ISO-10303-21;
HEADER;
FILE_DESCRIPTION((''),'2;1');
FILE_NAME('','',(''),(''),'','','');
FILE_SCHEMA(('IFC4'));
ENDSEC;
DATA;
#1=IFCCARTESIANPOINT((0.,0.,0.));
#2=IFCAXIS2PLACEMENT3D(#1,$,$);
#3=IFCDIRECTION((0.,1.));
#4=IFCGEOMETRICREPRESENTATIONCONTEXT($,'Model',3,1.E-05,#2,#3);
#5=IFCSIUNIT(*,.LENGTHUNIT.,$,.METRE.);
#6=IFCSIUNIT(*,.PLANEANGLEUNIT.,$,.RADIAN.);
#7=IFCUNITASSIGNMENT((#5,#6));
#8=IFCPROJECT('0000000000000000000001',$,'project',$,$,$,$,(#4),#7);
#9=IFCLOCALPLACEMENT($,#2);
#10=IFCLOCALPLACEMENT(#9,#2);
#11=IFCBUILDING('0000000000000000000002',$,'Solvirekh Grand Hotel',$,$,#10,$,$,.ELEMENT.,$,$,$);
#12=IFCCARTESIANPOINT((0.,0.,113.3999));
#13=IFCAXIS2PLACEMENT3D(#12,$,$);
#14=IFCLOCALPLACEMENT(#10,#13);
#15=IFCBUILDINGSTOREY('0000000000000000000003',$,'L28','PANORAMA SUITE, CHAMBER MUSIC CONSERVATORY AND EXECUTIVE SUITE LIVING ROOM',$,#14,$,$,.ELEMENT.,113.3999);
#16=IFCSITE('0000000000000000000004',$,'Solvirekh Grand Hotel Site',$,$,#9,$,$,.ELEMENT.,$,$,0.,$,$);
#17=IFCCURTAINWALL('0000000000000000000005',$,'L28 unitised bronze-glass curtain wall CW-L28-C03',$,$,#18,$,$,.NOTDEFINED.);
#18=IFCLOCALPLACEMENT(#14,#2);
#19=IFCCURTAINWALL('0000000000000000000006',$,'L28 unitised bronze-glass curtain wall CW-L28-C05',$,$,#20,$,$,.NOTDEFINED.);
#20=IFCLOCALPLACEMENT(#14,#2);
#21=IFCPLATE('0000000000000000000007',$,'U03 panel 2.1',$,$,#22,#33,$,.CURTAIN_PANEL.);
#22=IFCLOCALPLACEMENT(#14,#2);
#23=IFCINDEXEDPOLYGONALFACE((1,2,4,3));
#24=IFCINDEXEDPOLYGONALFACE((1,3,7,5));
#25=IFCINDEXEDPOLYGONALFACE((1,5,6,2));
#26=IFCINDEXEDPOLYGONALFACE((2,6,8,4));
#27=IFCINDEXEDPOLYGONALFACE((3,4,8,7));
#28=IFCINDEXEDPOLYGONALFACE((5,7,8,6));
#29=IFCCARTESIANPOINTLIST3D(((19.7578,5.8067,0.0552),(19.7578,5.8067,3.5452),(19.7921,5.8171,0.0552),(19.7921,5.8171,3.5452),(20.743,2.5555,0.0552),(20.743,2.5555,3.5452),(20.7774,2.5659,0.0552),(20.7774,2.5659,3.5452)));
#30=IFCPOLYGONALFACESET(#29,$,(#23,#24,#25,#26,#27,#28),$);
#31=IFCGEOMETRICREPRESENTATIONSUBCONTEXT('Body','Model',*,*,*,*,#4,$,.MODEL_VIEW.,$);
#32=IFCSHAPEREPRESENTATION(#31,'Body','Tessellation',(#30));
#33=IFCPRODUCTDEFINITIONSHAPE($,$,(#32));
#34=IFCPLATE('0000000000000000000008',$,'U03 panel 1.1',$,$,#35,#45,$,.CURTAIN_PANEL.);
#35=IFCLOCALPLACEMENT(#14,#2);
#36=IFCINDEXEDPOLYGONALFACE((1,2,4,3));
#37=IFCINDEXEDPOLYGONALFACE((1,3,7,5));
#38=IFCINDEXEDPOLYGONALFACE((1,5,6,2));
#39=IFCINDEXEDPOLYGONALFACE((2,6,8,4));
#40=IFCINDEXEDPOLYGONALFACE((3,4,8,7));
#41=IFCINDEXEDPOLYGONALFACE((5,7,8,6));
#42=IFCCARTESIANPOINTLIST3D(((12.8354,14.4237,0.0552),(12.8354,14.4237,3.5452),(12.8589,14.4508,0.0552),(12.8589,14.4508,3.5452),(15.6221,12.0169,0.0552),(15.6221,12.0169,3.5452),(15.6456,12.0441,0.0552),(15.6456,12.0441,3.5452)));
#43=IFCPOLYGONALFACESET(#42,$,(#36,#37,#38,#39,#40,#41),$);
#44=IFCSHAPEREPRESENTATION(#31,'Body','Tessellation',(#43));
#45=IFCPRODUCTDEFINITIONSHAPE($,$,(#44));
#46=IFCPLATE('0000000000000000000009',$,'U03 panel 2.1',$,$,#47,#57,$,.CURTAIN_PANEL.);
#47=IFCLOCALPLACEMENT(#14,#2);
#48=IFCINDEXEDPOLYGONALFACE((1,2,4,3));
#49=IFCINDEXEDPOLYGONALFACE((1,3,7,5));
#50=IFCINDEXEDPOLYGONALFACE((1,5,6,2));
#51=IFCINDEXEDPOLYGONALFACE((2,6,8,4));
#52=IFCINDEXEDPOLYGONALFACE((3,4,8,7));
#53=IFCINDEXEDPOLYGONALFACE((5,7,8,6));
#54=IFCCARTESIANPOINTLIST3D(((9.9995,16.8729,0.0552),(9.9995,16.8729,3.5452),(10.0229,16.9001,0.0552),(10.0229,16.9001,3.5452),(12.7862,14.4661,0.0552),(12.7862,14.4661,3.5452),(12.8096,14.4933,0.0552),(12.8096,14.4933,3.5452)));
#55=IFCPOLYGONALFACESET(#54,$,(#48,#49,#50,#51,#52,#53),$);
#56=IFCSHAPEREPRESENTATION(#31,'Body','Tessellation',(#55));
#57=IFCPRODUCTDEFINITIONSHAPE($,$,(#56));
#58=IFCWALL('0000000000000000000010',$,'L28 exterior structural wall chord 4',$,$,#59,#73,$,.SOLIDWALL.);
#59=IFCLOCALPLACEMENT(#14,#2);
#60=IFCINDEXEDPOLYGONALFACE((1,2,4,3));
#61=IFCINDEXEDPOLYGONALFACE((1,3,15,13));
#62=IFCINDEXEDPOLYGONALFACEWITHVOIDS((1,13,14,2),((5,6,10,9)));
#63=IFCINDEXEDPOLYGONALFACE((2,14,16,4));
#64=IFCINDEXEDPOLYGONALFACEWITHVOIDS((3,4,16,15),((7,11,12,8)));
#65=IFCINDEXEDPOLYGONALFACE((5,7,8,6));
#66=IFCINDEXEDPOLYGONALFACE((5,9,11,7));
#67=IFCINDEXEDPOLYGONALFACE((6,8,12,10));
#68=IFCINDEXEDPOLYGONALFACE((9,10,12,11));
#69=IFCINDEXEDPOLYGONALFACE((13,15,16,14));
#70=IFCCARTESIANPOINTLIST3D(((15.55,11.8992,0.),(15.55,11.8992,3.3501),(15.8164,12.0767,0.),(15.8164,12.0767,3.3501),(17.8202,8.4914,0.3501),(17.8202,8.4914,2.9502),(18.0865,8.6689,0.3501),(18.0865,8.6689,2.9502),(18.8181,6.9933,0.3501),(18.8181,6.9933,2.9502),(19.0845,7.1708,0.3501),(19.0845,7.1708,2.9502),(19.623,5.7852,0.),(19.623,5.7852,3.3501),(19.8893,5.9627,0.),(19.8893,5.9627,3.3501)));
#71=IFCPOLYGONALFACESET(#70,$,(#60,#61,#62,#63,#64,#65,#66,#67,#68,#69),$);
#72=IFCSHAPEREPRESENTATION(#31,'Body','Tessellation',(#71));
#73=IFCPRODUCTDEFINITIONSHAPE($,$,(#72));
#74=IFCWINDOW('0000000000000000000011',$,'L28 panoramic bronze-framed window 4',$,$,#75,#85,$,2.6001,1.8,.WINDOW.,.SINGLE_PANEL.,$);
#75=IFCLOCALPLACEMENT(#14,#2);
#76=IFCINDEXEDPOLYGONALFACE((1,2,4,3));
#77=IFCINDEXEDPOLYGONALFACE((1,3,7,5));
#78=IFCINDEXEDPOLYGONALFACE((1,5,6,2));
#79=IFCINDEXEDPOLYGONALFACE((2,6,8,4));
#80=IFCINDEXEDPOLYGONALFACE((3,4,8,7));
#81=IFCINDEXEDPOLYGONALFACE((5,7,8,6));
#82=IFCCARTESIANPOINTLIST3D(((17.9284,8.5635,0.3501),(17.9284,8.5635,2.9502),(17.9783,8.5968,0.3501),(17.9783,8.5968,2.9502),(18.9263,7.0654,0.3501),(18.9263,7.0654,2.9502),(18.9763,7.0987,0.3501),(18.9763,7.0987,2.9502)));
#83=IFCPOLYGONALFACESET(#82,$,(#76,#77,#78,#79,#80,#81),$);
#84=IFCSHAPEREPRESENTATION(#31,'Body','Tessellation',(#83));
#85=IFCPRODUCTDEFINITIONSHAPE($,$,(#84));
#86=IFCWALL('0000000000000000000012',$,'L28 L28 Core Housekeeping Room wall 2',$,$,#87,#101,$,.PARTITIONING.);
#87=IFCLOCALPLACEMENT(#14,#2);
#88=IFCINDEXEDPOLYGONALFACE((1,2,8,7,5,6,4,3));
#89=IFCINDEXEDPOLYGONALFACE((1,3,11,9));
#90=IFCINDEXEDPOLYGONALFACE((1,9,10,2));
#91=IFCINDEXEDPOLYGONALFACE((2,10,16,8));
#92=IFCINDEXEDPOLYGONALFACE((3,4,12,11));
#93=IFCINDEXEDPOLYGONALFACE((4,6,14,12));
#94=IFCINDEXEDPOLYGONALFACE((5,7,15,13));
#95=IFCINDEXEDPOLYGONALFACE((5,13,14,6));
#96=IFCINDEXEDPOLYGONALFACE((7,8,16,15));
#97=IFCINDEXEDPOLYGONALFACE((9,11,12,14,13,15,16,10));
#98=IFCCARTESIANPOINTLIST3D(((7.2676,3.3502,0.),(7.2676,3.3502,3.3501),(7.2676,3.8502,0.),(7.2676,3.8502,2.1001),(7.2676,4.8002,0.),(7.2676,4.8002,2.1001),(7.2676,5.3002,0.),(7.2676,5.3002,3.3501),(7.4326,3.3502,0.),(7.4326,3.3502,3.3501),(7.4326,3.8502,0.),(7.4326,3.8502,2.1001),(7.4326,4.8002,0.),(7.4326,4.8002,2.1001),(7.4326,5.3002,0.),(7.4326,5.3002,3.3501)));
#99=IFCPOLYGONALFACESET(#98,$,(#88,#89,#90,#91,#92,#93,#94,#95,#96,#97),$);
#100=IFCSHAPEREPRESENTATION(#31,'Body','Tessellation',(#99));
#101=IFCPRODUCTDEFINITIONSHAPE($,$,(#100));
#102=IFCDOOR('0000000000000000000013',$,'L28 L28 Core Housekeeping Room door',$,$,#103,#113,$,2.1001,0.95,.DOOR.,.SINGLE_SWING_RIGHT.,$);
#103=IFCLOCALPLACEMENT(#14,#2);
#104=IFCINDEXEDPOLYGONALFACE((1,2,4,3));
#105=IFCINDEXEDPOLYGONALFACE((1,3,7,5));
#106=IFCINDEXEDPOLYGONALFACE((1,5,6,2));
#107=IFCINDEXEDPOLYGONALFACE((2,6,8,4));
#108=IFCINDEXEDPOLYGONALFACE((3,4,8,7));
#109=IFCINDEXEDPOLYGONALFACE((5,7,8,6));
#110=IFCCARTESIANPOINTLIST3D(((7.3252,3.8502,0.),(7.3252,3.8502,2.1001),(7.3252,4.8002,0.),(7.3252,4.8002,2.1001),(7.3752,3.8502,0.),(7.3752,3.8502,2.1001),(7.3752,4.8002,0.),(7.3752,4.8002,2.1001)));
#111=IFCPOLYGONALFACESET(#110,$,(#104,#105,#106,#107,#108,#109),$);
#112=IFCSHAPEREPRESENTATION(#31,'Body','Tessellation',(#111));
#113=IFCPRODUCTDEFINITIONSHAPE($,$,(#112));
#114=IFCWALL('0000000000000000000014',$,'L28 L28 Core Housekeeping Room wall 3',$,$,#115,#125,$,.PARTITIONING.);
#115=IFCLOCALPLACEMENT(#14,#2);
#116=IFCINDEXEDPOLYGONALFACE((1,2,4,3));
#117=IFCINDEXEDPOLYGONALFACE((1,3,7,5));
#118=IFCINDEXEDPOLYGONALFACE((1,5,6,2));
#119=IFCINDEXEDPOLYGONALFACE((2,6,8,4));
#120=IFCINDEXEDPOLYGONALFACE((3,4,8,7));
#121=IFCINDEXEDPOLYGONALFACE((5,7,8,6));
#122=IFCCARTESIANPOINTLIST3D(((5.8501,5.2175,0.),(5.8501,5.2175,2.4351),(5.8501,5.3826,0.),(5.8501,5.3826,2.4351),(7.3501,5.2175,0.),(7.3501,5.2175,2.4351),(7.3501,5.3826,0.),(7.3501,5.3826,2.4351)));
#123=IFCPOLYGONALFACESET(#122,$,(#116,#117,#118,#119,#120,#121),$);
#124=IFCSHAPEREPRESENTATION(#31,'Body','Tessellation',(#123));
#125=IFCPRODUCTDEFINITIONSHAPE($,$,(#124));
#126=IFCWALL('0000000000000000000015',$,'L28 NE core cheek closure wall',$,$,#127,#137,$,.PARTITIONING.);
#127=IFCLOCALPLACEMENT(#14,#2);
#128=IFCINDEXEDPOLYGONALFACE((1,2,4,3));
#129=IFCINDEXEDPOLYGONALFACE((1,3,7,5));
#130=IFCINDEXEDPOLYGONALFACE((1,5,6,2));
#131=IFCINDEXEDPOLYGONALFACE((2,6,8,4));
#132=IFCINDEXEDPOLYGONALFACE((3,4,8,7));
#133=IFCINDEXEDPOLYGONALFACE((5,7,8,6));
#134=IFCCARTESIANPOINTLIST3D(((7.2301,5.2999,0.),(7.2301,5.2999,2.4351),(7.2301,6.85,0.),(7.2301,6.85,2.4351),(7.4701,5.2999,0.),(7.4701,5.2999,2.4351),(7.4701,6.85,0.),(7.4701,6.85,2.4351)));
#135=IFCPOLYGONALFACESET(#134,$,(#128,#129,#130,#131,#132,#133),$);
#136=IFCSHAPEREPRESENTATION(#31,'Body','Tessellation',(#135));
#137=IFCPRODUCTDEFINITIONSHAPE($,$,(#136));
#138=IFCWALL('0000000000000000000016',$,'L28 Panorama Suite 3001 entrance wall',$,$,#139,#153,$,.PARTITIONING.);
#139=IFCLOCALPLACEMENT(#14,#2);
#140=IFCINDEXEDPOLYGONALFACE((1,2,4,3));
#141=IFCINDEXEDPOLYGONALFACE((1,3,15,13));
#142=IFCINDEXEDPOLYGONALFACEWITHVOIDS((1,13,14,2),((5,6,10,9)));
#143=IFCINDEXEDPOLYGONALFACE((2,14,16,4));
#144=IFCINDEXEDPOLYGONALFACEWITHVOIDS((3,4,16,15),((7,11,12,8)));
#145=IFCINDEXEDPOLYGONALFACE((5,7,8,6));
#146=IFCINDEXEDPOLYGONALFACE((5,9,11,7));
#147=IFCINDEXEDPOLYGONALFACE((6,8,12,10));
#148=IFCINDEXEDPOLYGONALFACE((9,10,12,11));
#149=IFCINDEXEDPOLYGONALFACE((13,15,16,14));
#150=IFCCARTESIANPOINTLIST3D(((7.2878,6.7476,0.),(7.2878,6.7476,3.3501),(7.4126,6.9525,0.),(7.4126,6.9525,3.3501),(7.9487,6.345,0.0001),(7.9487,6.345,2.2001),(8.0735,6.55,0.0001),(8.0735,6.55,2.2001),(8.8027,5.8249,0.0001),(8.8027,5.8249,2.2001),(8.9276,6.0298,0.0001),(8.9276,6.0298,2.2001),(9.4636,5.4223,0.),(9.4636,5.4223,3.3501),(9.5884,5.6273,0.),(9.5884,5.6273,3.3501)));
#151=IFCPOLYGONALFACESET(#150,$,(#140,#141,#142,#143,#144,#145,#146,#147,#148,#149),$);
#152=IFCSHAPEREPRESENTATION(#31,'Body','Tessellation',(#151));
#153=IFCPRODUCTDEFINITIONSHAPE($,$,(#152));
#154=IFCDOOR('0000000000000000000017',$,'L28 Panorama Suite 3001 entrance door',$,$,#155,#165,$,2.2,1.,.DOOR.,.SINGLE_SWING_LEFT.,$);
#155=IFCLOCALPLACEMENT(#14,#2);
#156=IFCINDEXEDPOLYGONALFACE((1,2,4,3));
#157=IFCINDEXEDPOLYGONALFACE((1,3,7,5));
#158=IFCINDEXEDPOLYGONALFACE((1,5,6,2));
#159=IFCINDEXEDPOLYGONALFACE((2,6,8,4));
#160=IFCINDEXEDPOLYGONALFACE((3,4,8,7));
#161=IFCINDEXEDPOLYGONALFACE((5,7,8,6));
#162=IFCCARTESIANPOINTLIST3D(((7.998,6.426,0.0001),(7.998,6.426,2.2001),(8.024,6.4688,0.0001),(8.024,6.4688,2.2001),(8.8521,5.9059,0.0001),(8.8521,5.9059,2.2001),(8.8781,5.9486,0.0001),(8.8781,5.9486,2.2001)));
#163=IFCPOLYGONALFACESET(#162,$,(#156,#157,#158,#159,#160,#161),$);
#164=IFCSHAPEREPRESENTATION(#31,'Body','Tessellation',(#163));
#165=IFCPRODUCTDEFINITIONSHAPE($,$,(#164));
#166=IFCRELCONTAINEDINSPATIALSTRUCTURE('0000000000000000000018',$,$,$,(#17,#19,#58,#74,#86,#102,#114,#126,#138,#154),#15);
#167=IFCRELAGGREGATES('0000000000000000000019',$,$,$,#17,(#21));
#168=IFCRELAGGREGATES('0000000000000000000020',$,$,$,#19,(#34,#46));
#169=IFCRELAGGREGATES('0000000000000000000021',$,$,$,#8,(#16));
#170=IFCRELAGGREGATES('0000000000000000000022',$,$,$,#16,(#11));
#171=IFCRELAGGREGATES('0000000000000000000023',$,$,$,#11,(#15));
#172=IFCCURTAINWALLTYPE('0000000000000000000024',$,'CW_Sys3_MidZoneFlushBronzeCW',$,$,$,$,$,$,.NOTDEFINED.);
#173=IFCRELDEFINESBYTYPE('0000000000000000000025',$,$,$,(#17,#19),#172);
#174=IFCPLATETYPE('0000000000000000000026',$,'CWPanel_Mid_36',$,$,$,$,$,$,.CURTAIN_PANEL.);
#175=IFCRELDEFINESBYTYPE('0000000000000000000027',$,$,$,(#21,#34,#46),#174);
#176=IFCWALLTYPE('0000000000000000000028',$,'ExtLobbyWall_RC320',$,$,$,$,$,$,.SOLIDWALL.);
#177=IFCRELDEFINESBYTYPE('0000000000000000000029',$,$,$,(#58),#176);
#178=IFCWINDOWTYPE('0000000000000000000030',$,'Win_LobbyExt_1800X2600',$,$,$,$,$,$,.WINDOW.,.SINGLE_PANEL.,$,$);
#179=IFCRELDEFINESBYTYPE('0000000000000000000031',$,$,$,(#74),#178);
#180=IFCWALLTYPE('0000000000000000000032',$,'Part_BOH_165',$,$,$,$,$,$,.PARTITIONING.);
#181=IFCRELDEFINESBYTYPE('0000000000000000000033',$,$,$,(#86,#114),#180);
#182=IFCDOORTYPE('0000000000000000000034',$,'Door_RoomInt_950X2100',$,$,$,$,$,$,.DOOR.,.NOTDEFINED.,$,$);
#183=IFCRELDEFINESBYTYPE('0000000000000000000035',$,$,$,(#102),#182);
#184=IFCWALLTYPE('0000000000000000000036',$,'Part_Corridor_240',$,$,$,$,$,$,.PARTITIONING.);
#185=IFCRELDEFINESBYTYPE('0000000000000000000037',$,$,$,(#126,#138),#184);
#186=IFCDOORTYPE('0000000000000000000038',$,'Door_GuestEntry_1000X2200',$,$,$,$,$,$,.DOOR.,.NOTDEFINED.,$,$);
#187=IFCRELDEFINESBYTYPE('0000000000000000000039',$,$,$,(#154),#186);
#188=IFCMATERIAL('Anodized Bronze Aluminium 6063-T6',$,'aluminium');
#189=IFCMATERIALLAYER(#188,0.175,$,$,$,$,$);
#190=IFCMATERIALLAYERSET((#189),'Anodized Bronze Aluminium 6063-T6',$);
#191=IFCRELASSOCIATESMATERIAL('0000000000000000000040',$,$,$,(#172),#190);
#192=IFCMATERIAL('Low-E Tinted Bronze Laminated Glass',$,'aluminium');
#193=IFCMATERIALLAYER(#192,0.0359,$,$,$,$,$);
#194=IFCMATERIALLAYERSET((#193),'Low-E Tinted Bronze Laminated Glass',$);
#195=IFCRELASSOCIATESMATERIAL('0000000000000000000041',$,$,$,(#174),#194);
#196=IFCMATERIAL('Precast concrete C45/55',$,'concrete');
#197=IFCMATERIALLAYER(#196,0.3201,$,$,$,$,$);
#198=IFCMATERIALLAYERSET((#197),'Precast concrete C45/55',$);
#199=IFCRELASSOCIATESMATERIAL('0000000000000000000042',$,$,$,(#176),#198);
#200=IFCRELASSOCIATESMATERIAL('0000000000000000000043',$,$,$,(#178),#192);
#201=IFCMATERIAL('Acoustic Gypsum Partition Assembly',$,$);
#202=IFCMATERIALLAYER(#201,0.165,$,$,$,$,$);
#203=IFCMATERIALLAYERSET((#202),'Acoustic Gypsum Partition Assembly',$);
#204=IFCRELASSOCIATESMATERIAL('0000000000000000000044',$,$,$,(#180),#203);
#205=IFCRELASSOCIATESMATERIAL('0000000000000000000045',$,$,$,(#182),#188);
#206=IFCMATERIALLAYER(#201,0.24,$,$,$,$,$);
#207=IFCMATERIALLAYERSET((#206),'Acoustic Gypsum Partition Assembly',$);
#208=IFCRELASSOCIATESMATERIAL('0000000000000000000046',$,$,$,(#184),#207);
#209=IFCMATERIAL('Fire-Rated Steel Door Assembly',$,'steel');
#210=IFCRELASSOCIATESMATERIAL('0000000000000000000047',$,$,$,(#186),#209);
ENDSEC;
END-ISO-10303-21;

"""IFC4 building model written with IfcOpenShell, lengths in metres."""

from ifc_helpers import new_model, si_unit, direction, frame, frame_2d, origin, origin_2d, place, context, subcontext, project, spatial, rectangle, extrude, source, transform, mapped, material, layer, layer_set, type_object, element, fill, aggregate, save


model = new_model("IFC4")

# Units and contexts
model_context = context("Model", 3, precision=1e-05, world=origin(), true_north=direction((0.0, 1.0)))
body_context = subcontext(model_context, "Body", "Model", "MODEL_VIEW")
ifc_project = project(units=[si_unit("LENGTHUNIT", "METRE"), si_unit("PLANEANGLEUNIT", "RADIAN")], contexts=[model_context])

# Site, building, storey
site_placement = place(None, origin())
site = spatial("IfcSite", under=ifc_project, at=site_placement, Name="Solvirekh Grand Hotel Site", CompositionType="ELEMENT", RefElevation=0.0)
building_placement = place(site_placement, origin())
building = spatial("IfcBuilding", under=site, at=building_placement, Name="Solvirekh Grand Hotel", CompositionType="ELEMENT")
storey_placement = place(building_placement, frame((0.0, 0.0, 113.3999)))
storey = spatial("IfcBuildingStorey", under=building, at=storey_placement, Name="L28", Description="PANORAMA SUITE, CHAMBER MUSIC CONSERVATORY AND EXECUTIVE SUITE LIVING ROOM", CompositionType="ELEMENT", Elevation=113.3999)

# Curtain walls
ifc_material_1 = material(Name="Anodized Bronze Aluminium 6063-T6", Category="aluminium")
ifc_layer_1 = layer(ifc_material_1, 0.175)
ifc_layer_set_1 = layer_set([ifc_layer_1], Name="Anodized Bronze Aluminium 6063-T6")
curtain_wall_type = type_object("IfcCurtainWallType", Name="CW_Sys3_MidZoneFlushBronzeCW", PredefinedType="NOTDEFINED", material=ifc_layer_set_1)
curtain_wall_1_placement = place(storey_placement, origin())
curtain_wall_1 = element("IfcCurtainWall", 1, at=curtain_wall_1_placement, inside=storey, type_object=curtain_wall_type, Name="L28 unitised bronze-glass curtain wall CW-L28-C03", PredefinedType="NOTDEFINED")
curtain_wall_2_placement = place(storey_placement, origin())
curtain_wall_2 = element("IfcCurtainWall", 2, at=curtain_wall_2_placement, inside=storey, type_object=curtain_wall_type, Name="L28 unitised bronze-glass curtain wall CW-L28-C05", PredefinedType="NOTDEFINED")

# Plates
ifc_material_2 = material(Name="Low-E Tinted Bronze Laminated Glass", Category="aluminium")
ifc_layer_2 = layer(ifc_material_2, 0.0359)
ifc_layer_set_2 = layer_set([ifc_layer_2], Name="Low-E Tinted Bronze Laminated Glass")
plate_type = type_object("IfcPlateType", Name="CWPanel_Mid_36", PredefinedType="CURTAIN_PANEL", material=ifc_layer_set_2)
shared_shape_1 = source(origin(), body_context, "Body", "SweptSolid", [
    extrude(rectangle(XDim=3.3972, YDim=0.0359, at=origin_2d()), origin(), (0.0, 0.0, 1.0), 3.49),
])
plate_1_placement = place(storey_placement, frame((20.2676, 4.1863, 0.0552), z_axis=(0.0, 0.0, 1.0), x_axis=(-0.290011, 0.957023, 0.0)))
plate_1 = element("IfcPlate", 3, at=plate_1_placement, type_object=plate_type, Name="U03 panel 2.1", PredefinedType="CURTAIN_PANEL", context=body_context, shape_type="MappedRepresentation", body=[
    mapped(shared_shape_1, transform((0.0, 0.0, 0.0), x_axis=(1.0, 0.0, 0.0), y_axis=(0.0, 1.0, 0.0), z_axis=(0.0, 0.0, 1.0), scale=1.0)),
])
aggregate(curtain_wall_1, [plate_1])
shared_shape_2 = source(origin(), body_context, "Body", "SweptSolid", [
    extrude(rectangle(XDim=3.6821, YDim=0.0359, at=origin_2d()), origin(), (0.0, 0.0, 1.0), 3.49),
])
plate_2_placement = place(storey_placement, frame((14.2405, 13.2339, 0.0552), z_axis=(0.0, 0.0, 1.0), x_axis=(-0.756814, 0.65363, 0.0)))
plate_2 = element("IfcPlate", 4, at=plate_2_placement, type_object=plate_type, Name="U03 panel 1.1", PredefinedType="CURTAIN_PANEL", context=body_context, shape_type="MappedRepresentation", body=[
    mapped(shared_shape_2, transform((0.0, 0.0, 0.0), x_axis=(1.0, 0.0, 0.0), y_axis=(0.0, 1.0, 0.0), z_axis=(0.0, 0.0, 1.0), scale=1.0)),
])
plate_3_placement = place(storey_placement, frame((11.4045, 15.6831, 0.0552), z_axis=(0.0, 0.0, 1.0), x_axis=(-0.756814, 0.65363, 0.0)))
plate_3 = element("IfcPlate", 5, at=plate_3_placement, type_object=plate_type, Name="U03 panel 2.1", PredefinedType="CURTAIN_PANEL", context=body_context, shape_type="MappedRepresentation", body=[
    mapped(shared_shape_2, transform((0.0, 0.0, 0.0), x_axis=(1.0, 0.0, 0.0), y_axis=(0.0, 1.0, 0.0), z_axis=(0.0, 0.0, 1.0), scale=1.0)),
])
aggregate(curtain_wall_2, [plate_2, plate_3])

# Wall, opening, window
ifc_material_3 = material(Name="Precast concrete C45/55", Category="concrete")
ifc_layer_3 = layer(ifc_material_3, 0.3201)
ifc_layer_set_3 = layer_set([ifc_layer_3], Name="Precast concrete C45/55")
wall_type_1 = type_object("IfcWallType", Name="ExtLobbyWall_RC320", PredefinedType="SOLIDWALL", material=ifc_layer_set_3)
wall_1_placement = place(storey_placement, frame((15.6831, 11.988, 0.0), z_axis=(0.0, 0.0, 1.0), x_axis=(0.554416, -0.832239, 0.0)))
wall_1 = element("IfcWall", 6, at=wall_1_placement, inside=storey, type_object=wall_type_1, Name="L28 exterior structural wall chord 4", PredefinedType="SOLIDWALL", context=body_context, shape_type="SweptSolid", body=[
    extrude(rectangle(XDim=7.3464, YDim=0.3201, at=frame_2d((3.6733, 0.0))), origin(), (0.0, 0.0, 1.0), 3.3501),
])
opening_1_placement = place(wall_1_placement, frame((4.095, 0.0, 0.3501)))
opening_1 = element("IfcOpeningElement", 7, at=opening_1_placement, cuts=wall_1, PredefinedType="OPENING", context=body_context, shape_type="SweptSolid", body=[
    extrude(rectangle(XDim=1.8, YDim=2.6001, at=frame_2d((0.8999, 1.3))), frame((0.0, 0.1699, 0.0), z_axis=(0.0, -1.0, 0.0), x_axis=(1.0, 0.0, 0.0)), (0.0, 0.0, 1.0), 0.3401),
])
window_type = type_object("IfcWindowType", Name="Win_LobbyExt_1800X2600", PartitioningType="SINGLE_PANEL", PredefinedType="WINDOW", material=ifc_material_2)
window_placement = place(opening_1_placement, origin())
window = element("IfcWindow", 8, at=window_placement, inside=storey, type_object=window_type, Name="L28 panoramic bronze-framed window 4", OverallHeight=2.6001, OverallWidth=1.8, PartitioningType="SINGLE_PANEL", PredefinedType="WINDOW", context=body_context, shape_type="SweptSolid", body=[
    extrude(rectangle(XDim=1.8, YDim=2.6001, at=frame_2d((0.8999, 1.3))), frame((0.0, 0.03, 0.0), z_axis=(0.0, -1.0, 0.0), x_axis=(1.0, 0.0, 0.0)), (0.0, 0.0, 1.0), 0.0601),
])
fill(opening_1, window)

# Wall, opening, door
ifc_material_4 = material(Name="Acoustic Gypsum Partition Assembly")
ifc_layer_4 = layer(ifc_material_4, 0.165)
ifc_layer_set_4 = layer_set([ifc_layer_4], Name="Acoustic Gypsum Partition Assembly")
wall_type_2 = type_object("IfcWallType", Name="Part_BOH_165", PredefinedType="PARTITIONING", material=ifc_layer_set_4)
wall_2_placement = place(storey_placement, frame((7.3501, 3.3501, 0.0), z_axis=(0.0, 0.0, 1.0), x_axis=(0.0, 1.0, 0.0)))
wall_2 = element("IfcWall", 9, at=wall_2_placement, inside=storey, type_object=wall_type_2, Name="L28 L28 Core Housekeeping Room wall 2", PredefinedType="PARTITIONING", context=body_context, shape_type="SweptSolid", body=[
    extrude(rectangle(XDim=1.95, YDim=0.165, at=frame_2d((0.9751, 0.0))), origin(), (0.0, 0.0, 1.0), 3.3501),
])
opening_2_placement = place(wall_2_placement, frame((0.5, 0.0, 0.0)))
opening_2 = element("IfcOpeningElement", 10, at=opening_2_placement, cuts=wall_2, PredefinedType="OPENING", context=body_context, shape_type="SweptSolid", body=[
    extrude(rectangle(XDim=0.95, YDim=2.1001, at=frame_2d((0.4751, 1.05))), frame((0.0, 0.0925, 0.0), z_axis=(0.0, -1.0, 0.0), x_axis=(1.0, 0.0, 0.0)), (0.0, 0.0, 1.0), 0.1851),
])
door_type_1 = type_object("IfcDoorType", Name="Door_RoomInt_950X2100", OperationType="NOTDEFINED", PredefinedType="DOOR", material=ifc_material_1)
door_1_placement = place(opening_2_placement, origin())
door_1 = element("IfcDoor", 11, at=door_1_placement, inside=storey, type_object=door_type_1, Name="L28 L28 Core Housekeeping Room door", OperationType="SINGLE_SWING_RIGHT", OverallHeight=2.1001, OverallWidth=0.95, PredefinedType="DOOR", context=body_context, shape_type="SweptSolid", body=[
    extrude(rectangle(XDim=0.95, YDim=2.1001, at=frame_2d((0.4751, 1.05))), frame((0.0, 0.0249, 0.0), z_axis=(0.0, -1.0, 0.0), x_axis=(1.0, 0.0, 0.0)), (0.0, 0.0, 1.0), 0.05),
])
fill(opening_2, door_1)

# Walls
wall_3_placement = place(storey_placement, frame((7.3501, 5.3, 0.0), z_axis=(0.0, 0.0, 1.0), x_axis=(-1.0, 0.0, 0.0)))
element("IfcWall", 12, at=wall_3_placement, inside=storey, type_object=wall_type_2, Name="L28 L28 Core Housekeeping Room wall 3", PredefinedType="PARTITIONING", context=body_context, shape_type="SweptSolid", body=[
    extrude(rectangle(XDim=1.5, YDim=0.165, at=frame_2d((0.75, 0.0))), origin(), (0.0, 0.0, 1.0), 2.4351),
])
ifc_layer_5 = layer(ifc_material_4, 0.24)
ifc_layer_set_5 = layer_set([ifc_layer_5], Name="Acoustic Gypsum Partition Assembly")
wall_type_3 = type_object("IfcWallType", Name="Part_Corridor_240", PredefinedType="PARTITIONING", material=ifc_layer_set_5)
wall_4_placement = place(storey_placement, frame((7.3501, 5.3, 0.0), z_axis=(0.0, 0.0, 1.0), x_axis=(0.0, 1.0, 0.0)))
element("IfcWall", 13, at=wall_4_placement, inside=storey, type_object=wall_type_3, Name="L28 NE core cheek closure wall", PredefinedType="PARTITIONING", context=body_context, shape_type="SweptSolid", body=[
    extrude(rectangle(XDim=1.55, YDim=0.24, at=frame_2d((0.7749, 0.0))), origin(), (0.0, 0.0, 1.0), 2.4351),
])

# Wall, opening, door
wall_5_placement = place(storey_placement, frame((7.3501, 6.8501, 0.0), z_axis=(0.0, 0.0, 1.0), x_axis=(0.854058, -0.520178, 0.0)))
wall_5 = element("IfcWall", 14, at=wall_5_placement, inside=storey, type_object=wall_type_3, Name="L28 Panorama Suite 3001 entrance wall", PredefinedType="PARTITIONING", context=body_context, shape_type="SweptSolid", body=[
    extrude(rectangle(XDim=2.5476, YDim=0.24, at=frame_2d((1.2739, 0.0))), origin(), (0.0, 0.0, 1.0), 3.3501),
])
opening_3_placement = place(wall_5_placement, frame((0.7739, 0.0, 0.0)))
opening_3 = element("IfcOpeningElement", 15, at=opening_3_placement, cuts=wall_5, PredefinedType="OPENING", context=body_context, shape_type="SweptSolid", body=[
    extrude(rectangle(XDim=1.0, YDim=2.2, at=frame_2d((0.5, 1.1001))), frame((0.0, 0.1299, 0.0), z_axis=(0.0, -1.0, 0.0), x_axis=(1.0, 0.0, 0.0)), (0.0, 0.0, 1.0), 0.26),
])
ifc_material_5 = material(Name="Fire-Rated Steel Door Assembly", Category="steel")
door_type_2 = type_object("IfcDoorType", Name="Door_GuestEntry_1000X2200", OperationType="NOTDEFINED", PredefinedType="DOOR", material=ifc_material_5)
door_2_placement = place(opening_3_placement, origin())
door_2 = element("IfcDoor", 16, at=door_2_placement, inside=storey, type_object=door_type_2, Name="L28 Panorama Suite 3001 entrance door", OperationType="SINGLE_SWING_LEFT", OverallHeight=2.2, OverallWidth=1.0, PredefinedType="DOOR", context=body_context, shape_type="SweptSolid", body=[
    extrude(rectangle(XDim=1.0, YDim=2.2, at=frame_2d((0.5, 1.1001))), frame((0.0, 0.0249, 0.0), z_axis=(0.0, -1.0, 0.0), x_axis=(1.0, 0.0, 0.0)), (0.0, 0.0, 1.0), 0.05),
])
fill(opening_3, door_2)

save(model, "model.ifc")
